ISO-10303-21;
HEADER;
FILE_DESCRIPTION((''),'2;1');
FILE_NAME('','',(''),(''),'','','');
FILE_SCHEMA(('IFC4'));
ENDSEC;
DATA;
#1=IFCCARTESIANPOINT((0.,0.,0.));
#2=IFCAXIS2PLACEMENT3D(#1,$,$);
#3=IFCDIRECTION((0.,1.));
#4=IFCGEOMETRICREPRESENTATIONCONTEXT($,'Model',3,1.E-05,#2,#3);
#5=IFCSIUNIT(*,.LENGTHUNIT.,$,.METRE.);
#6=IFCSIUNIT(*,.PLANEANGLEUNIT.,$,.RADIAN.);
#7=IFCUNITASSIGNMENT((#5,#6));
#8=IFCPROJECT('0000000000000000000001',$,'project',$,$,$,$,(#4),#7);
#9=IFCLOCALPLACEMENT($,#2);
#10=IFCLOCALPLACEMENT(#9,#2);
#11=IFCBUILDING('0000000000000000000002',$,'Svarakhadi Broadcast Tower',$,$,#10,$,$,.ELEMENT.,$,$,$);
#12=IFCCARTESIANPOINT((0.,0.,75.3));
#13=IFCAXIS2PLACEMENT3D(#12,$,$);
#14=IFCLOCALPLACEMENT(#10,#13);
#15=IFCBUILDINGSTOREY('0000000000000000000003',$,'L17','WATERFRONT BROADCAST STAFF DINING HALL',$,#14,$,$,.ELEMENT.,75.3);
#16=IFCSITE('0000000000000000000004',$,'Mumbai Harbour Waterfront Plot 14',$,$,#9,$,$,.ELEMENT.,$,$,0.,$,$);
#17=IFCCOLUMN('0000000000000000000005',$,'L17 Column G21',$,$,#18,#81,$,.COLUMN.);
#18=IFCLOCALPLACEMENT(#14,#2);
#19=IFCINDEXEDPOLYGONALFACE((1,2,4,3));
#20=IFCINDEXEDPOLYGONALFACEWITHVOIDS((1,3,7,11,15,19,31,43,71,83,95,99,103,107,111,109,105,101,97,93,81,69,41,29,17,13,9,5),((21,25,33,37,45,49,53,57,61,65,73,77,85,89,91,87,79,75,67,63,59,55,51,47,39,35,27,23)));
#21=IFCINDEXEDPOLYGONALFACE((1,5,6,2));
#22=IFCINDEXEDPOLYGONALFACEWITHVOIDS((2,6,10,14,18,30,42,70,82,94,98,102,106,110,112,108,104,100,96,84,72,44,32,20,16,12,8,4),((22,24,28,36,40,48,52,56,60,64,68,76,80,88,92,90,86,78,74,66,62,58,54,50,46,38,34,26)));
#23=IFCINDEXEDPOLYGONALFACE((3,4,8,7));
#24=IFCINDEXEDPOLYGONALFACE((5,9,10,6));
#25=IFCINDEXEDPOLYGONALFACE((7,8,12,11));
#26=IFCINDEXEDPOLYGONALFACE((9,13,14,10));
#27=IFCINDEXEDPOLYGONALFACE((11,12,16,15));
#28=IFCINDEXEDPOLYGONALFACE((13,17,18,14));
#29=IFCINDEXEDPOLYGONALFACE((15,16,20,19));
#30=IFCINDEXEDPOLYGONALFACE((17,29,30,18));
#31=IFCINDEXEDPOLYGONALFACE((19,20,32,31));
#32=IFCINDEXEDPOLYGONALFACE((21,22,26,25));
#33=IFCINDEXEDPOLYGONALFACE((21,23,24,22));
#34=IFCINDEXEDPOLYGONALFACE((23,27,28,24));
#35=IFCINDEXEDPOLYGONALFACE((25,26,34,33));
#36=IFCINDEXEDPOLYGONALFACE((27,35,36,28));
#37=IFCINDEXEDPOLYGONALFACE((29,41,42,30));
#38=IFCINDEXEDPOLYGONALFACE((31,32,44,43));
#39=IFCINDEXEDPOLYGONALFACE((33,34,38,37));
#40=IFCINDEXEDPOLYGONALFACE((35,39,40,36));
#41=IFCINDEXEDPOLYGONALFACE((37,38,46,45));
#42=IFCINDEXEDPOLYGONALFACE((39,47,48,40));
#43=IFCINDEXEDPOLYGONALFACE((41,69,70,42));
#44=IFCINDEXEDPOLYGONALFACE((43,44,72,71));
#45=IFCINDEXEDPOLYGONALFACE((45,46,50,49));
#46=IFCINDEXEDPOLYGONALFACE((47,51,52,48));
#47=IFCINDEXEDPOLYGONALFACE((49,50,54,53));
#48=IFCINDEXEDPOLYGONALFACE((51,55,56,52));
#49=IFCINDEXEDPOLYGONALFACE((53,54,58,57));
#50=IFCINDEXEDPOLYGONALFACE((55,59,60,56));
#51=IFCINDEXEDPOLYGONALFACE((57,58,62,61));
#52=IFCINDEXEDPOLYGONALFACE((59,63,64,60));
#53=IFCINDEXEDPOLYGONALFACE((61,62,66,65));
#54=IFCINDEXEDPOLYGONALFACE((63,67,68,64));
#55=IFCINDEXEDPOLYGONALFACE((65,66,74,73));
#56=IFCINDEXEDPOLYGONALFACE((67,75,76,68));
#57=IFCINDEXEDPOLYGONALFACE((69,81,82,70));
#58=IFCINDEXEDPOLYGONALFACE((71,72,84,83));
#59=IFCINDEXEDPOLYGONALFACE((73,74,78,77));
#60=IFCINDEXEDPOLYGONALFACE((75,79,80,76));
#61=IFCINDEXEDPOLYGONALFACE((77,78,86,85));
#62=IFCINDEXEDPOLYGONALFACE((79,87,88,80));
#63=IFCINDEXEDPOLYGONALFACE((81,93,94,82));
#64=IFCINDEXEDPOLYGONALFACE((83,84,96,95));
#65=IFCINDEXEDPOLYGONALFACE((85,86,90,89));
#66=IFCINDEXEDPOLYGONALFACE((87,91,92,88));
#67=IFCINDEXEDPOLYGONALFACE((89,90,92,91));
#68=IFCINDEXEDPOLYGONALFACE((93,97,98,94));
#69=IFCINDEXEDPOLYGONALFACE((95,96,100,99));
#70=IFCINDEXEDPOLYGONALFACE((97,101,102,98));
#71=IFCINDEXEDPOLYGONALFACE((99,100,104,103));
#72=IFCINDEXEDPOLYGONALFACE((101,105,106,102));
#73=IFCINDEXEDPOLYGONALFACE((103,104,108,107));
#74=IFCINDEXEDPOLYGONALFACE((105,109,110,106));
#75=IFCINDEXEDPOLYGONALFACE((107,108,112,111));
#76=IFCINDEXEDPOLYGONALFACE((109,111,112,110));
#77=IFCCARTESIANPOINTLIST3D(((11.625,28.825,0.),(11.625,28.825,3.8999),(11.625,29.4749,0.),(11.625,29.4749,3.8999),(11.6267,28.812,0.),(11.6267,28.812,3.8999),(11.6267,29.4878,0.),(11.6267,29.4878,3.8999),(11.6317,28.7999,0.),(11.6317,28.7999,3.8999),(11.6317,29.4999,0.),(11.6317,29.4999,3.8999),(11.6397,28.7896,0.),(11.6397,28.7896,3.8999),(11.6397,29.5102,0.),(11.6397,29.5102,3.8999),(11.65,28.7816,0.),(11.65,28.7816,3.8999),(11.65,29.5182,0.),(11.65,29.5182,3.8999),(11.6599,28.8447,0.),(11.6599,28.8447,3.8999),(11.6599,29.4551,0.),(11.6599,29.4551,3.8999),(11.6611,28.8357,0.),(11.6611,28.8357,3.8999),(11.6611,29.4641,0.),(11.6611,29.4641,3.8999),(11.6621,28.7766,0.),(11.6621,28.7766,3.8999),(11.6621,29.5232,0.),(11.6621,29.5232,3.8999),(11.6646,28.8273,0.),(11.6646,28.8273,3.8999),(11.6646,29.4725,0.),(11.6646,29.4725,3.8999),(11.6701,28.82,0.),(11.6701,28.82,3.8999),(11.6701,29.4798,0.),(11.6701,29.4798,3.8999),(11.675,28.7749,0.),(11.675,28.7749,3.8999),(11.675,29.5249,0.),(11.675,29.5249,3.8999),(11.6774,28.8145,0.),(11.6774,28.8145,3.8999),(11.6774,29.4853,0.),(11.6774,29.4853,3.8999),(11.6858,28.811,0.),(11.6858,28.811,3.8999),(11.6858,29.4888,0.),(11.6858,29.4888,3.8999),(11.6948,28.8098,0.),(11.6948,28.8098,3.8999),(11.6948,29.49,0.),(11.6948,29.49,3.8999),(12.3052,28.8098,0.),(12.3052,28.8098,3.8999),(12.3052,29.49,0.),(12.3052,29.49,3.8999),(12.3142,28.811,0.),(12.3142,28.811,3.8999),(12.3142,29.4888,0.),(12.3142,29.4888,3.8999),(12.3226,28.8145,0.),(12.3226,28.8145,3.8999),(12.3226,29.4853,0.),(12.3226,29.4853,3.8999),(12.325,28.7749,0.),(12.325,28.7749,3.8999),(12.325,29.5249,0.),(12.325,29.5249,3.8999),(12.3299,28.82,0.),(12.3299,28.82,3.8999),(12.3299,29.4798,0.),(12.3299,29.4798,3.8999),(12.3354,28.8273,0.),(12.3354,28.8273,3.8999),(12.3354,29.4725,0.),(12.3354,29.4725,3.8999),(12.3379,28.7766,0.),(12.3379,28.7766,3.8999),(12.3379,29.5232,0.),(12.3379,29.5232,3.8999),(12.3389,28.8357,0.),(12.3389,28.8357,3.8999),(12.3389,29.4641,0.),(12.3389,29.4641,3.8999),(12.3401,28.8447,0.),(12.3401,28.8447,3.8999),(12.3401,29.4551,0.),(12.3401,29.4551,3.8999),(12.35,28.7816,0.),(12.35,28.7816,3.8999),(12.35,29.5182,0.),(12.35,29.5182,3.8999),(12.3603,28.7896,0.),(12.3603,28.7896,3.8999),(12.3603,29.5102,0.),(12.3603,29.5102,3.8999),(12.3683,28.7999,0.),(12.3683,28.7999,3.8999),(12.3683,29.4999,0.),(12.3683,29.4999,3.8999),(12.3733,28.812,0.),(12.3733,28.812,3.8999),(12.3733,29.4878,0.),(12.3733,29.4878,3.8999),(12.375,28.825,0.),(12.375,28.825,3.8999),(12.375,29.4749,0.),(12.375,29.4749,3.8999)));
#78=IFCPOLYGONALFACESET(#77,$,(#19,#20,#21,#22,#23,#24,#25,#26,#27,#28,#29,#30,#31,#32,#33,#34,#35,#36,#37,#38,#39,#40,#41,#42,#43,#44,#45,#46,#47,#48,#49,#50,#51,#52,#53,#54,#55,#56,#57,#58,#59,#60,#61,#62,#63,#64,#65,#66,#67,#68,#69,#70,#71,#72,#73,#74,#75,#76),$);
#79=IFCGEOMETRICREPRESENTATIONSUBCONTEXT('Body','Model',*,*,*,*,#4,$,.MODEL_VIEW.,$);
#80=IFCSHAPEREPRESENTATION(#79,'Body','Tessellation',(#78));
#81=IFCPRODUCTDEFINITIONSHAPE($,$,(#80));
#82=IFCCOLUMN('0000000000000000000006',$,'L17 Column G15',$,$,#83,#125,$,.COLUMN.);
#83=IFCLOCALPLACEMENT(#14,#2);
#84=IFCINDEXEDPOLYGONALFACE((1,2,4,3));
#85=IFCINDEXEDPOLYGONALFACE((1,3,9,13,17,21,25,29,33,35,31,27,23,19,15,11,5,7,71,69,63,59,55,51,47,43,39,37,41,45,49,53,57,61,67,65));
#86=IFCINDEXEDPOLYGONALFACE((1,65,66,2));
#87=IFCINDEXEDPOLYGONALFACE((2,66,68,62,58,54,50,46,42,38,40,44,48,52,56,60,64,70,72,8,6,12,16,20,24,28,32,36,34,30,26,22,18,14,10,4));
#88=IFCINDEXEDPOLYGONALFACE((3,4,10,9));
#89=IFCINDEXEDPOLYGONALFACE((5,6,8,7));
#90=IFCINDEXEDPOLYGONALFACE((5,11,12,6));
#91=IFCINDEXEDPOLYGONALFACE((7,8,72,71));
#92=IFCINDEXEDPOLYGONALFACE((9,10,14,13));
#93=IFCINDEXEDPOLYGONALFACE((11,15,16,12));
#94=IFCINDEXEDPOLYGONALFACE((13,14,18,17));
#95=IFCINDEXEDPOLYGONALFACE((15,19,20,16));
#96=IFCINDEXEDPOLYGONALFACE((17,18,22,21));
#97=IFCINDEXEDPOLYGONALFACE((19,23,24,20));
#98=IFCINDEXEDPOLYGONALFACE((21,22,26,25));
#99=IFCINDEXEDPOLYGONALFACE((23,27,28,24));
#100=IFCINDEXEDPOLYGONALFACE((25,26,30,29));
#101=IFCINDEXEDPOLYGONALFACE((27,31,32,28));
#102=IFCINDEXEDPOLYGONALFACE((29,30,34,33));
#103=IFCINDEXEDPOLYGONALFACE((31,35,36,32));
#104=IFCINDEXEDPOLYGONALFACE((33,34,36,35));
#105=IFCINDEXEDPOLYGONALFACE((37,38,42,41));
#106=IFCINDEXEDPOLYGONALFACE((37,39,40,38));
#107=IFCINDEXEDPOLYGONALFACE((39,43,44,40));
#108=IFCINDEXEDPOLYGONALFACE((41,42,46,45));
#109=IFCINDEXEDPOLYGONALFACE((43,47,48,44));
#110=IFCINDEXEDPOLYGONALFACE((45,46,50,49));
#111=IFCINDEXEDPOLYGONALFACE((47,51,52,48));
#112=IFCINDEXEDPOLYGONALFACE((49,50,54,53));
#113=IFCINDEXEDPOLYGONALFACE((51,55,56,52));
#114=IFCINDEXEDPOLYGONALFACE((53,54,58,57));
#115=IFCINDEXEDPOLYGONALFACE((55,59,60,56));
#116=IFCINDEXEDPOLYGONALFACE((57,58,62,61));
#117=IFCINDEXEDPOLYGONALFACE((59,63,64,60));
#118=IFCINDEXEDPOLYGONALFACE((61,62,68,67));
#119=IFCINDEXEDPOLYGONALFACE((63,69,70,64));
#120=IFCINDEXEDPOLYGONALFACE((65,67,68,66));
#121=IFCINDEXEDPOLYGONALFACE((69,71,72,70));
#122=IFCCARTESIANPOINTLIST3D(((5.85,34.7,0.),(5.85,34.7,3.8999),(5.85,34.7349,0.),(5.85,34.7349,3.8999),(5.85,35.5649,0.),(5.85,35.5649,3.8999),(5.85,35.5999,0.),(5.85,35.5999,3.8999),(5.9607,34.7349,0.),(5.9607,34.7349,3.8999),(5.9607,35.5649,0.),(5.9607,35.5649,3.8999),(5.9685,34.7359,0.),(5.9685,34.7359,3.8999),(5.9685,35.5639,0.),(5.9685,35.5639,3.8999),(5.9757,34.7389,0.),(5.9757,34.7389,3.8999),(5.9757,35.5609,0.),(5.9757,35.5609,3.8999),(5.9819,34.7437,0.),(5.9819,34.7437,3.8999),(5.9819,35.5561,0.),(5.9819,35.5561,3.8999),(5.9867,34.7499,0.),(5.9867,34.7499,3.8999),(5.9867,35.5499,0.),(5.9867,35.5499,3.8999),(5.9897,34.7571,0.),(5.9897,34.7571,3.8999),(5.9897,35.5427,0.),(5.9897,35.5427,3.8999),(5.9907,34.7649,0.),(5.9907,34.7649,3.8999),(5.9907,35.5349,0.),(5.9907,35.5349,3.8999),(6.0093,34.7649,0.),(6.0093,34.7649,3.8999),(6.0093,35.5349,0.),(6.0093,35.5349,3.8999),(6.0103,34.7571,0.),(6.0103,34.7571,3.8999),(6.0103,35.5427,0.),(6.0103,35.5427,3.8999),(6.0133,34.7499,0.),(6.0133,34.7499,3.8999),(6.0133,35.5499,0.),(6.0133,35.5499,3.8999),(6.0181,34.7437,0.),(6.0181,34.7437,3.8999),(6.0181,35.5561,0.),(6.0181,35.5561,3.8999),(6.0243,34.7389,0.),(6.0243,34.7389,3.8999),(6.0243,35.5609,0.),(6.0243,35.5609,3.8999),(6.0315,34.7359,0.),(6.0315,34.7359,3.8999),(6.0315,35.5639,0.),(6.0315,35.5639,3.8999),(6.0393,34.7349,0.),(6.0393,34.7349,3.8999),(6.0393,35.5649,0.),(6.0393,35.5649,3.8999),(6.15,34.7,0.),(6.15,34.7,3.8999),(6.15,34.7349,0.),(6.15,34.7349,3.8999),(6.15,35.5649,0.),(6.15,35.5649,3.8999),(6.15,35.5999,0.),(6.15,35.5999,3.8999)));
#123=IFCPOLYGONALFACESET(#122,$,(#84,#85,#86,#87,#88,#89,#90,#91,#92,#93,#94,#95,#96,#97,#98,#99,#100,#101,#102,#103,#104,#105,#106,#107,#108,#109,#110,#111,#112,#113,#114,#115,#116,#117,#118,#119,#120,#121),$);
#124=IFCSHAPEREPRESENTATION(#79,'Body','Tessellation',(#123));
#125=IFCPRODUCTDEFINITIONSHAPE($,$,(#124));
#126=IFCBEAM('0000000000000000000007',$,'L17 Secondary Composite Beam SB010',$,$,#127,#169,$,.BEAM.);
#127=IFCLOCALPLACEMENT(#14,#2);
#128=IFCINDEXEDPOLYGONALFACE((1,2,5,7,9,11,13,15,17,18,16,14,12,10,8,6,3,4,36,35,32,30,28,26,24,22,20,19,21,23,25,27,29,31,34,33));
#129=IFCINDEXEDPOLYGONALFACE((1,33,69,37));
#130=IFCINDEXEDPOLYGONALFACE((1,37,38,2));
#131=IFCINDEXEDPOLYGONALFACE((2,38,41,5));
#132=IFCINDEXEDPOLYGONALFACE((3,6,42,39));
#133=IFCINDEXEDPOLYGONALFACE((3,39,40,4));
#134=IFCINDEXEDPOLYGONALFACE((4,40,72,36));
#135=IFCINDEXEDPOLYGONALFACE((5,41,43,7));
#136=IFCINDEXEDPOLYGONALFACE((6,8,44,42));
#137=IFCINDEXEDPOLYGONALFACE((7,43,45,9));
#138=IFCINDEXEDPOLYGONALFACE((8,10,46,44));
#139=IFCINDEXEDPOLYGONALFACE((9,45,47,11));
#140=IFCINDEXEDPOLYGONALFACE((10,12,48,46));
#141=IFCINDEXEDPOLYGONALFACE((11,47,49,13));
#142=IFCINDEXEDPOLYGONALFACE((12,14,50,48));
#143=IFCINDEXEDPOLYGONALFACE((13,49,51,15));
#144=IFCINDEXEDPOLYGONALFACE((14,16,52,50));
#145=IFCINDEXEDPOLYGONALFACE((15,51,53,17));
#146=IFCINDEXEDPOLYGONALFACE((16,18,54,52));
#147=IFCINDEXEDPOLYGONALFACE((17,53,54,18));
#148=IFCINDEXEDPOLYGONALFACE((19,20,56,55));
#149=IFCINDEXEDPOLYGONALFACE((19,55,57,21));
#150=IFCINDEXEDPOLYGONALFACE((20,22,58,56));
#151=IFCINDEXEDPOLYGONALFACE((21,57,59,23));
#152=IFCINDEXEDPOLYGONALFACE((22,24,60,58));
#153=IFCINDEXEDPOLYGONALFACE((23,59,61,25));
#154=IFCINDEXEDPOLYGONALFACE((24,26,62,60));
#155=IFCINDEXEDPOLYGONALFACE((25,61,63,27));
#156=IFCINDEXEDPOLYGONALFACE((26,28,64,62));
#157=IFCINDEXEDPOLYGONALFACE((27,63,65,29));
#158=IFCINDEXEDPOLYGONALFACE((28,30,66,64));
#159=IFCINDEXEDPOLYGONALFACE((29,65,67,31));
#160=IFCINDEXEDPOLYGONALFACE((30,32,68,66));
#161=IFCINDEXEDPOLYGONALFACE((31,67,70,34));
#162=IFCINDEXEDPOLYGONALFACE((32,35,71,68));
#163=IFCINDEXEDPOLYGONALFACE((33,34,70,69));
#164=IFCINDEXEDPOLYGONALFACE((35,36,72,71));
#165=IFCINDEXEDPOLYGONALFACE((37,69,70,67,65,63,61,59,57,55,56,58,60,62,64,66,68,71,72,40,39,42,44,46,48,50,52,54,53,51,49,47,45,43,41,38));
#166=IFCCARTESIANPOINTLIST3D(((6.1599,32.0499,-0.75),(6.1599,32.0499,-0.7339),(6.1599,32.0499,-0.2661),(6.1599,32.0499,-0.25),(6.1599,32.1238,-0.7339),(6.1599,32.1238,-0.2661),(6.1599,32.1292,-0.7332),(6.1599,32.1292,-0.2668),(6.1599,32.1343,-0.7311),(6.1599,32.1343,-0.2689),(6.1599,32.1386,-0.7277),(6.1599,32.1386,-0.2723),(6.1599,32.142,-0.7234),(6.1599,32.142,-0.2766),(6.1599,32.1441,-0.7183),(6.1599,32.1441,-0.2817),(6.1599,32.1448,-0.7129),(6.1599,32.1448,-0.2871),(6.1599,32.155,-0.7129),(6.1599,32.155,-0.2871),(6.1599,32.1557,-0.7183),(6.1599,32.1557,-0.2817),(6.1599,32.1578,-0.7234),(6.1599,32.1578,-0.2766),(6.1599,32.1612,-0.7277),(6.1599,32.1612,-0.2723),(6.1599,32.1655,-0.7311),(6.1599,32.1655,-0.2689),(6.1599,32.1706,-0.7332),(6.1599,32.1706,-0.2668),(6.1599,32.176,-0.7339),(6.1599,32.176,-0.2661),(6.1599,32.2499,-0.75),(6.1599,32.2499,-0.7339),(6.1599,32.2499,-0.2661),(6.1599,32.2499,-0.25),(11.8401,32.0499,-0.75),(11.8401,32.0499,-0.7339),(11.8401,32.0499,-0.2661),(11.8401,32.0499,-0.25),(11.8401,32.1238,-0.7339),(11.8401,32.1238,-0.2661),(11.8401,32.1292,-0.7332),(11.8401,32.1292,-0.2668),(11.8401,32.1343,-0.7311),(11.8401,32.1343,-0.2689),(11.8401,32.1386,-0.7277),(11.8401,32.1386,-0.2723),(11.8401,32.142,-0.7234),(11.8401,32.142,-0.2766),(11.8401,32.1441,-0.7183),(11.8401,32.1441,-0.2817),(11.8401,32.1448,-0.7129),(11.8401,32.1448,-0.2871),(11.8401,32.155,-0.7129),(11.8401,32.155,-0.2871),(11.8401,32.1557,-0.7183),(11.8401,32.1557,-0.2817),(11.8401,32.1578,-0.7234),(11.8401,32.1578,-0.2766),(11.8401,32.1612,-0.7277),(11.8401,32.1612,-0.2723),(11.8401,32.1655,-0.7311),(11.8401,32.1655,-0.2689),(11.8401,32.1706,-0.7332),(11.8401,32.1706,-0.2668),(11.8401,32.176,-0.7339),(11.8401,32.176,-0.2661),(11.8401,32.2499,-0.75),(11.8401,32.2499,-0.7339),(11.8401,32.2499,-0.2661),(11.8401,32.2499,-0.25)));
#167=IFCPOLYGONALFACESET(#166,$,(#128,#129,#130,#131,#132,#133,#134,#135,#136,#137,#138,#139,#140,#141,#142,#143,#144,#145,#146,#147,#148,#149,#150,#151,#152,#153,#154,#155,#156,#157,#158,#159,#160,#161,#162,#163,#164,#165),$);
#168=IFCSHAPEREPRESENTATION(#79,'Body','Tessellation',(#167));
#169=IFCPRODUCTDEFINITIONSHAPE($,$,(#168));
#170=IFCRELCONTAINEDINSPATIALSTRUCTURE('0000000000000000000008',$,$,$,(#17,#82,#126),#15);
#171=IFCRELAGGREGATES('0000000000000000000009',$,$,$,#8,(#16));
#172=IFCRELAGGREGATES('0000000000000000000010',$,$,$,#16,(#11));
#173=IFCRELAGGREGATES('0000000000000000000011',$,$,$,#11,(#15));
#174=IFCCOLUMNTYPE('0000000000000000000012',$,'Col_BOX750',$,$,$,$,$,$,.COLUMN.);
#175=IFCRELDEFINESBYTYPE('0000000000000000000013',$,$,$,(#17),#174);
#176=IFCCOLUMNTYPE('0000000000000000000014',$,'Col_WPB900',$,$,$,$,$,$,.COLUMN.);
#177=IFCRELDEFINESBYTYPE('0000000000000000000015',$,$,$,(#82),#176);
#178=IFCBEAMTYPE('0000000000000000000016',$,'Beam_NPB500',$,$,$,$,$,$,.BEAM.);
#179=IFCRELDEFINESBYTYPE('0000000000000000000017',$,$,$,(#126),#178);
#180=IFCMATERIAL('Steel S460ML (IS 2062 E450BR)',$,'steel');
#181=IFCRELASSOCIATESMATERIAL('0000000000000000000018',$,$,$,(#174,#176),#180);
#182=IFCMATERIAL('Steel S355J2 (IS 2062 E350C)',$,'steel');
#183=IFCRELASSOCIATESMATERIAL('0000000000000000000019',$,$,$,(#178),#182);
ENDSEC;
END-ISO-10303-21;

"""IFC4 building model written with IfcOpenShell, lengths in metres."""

from ifc_helpers import new_model, si_unit, direction, frame, origin, origin_2d, place, context, subcontext, project, spatial, hollow_rectangle, i_section, extrude, material, material_profile, profile_set, type_object, element, save


model = new_model("IFC4")

# Units and contexts
model_context = context("Model", 3, precision=1e-05, world=origin(), true_north=direction((0.0, 1.0)))
body_context = subcontext(model_context, "Body", "Model", "MODEL_VIEW")
ifc_project = project(units=[si_unit("LENGTHUNIT", "METRE"), si_unit("PLANEANGLEUNIT", "RADIAN")], contexts=[model_context])

# Site, building, storey
site_placement = place(None, origin())
site = spatial("IfcSite", under=ifc_project, at=site_placement, Name="Mumbai Harbour Waterfront Plot 14", CompositionType="ELEMENT", RefElevation=0.0)
building_placement = place(site_placement, origin())
building = spatial("IfcBuilding", under=site, at=building_placement, Name="Svarakhadi Broadcast Tower", CompositionType="ELEMENT")
storey_placement = place(building_placement, frame((0.0, 0.0, 75.3)))
storey = spatial("IfcBuildingStorey", under=building, at=storey_placement, Name="L17", Description="WATERFRONT BROADCAST STAFF DINING HALL", CompositionType="ELEMENT", Elevation=75.3)

# Columns
ifc_material_1 = material(Name="Steel S460ML (IS 2062 E450BR)", Category="steel")
ifc_material_profile_1 = material_profile(ifc_material_1, hollow_rectangle(XDim=0.75, YDim=0.75, WallThickness=0.0349, InnerFilletRadius=0.0349, OuterFilletRadius=0.05, at=origin_2d()), Name="BOX 750x750x35")
ifc_profile_set_1 = profile_set([ifc_material_profile_1], Name="Steel S460ML (IS 2062 E450BR)")
column_type_1 = type_object("IfcColumnType", Name="Col_BOX750", PredefinedType="COLUMN", material=ifc_profile_set_1)
column_1_placement = place(storey_placement, frame((12.0, 29.1499, 0.0), z_axis=(0.0, 0.0, 1.0), x_axis=(1.0, 0.0, 0.0)))
element("IfcColumn", 1, at=column_1_placement, inside=storey, type_object=column_type_1, Name="L17 Column G21", PredefinedType="COLUMN", context=body_context, shape_type="SweptSolid", body=[
    extrude(hollow_rectangle(XDim=0.75, YDim=0.75, WallThickness=0.0349, InnerFilletRadius=0.0349, OuterFilletRadius=0.05, at=origin_2d()), origin(), (0.0, 0.0, 1.0), 3.8999),
])
ifc_material_profile_2 = material_profile(ifc_material_1, i_section(OverallWidth=0.3, OverallDepth=0.8999, WebThickness=0.0186, FlangeThickness=0.0349, FilletRadius=0.03, at=origin_2d()), Name="WPB 900x300x291")
ifc_profile_set_2 = profile_set([ifc_material_profile_2], Name="Steel S460ML (IS 2062 E450BR)")
column_type_2 = type_object("IfcColumnType", Name="Col_WPB900", PredefinedType="COLUMN", material=ifc_profile_set_2)
column_2_placement = place(storey_placement, frame((6.0, 35.1499, 0.0), z_axis=(0.0, 0.0, 1.0), x_axis=(1.0, 0.0, 0.0)))
element("IfcColumn", 2, at=column_2_placement, inside=storey, type_object=column_type_2, Name="L17 Column G15", PredefinedType="COLUMN", context=body_context, shape_type="SweptSolid", body=[
    extrude(i_section(OverallWidth=0.3, OverallDepth=0.8999, WebThickness=0.0186, FlangeThickness=0.0349, FilletRadius=0.03, at=origin_2d()), origin(), (0.0, 0.0, 1.0), 3.8999),
])

# Beam
ifc_material_2 = material(Name="Steel S355J2 (IS 2062 E350C)", Category="steel")
ifc_material_profile_3 = material_profile(ifc_material_2, i_section(OverallWidth=0.2, OverallDepth=0.5, WebThickness=0.0103, FlangeThickness=0.0161, FilletRadius=0.021, at=origin_2d()), Name="NPB 500x200x91")
ifc_profile_set_3 = profile_set([ifc_material_profile_3], Name="Steel S355J2 (IS 2062 E350C)")
beam_type_1 = type_object("IfcBeamType", Name="Beam_NPB500", PredefinedType="BEAM", material=ifc_profile_set_3)
beam_placement = place(storey_placement, frame((6.1599, 32.1499, -0.5), z_axis=(1.0, 0.0, 0.0), x_axis=(0.0, 1.0, 0.0)))
element("IfcBeam", 3, at=beam_placement, inside=storey, type_object=beam_type_1, Name="L17 Secondary Composite Beam SB010", PredefinedType="BEAM", context=body_context, shape_type="SweptSolid", body=[
    extrude(i_section(OverallWidth=0.2, OverallDepth=0.5, WebThickness=0.0103, FlangeThickness=0.0161, FilletRadius=0.021, at=origin_2d()), origin(), (0.0, 0.0, 1.0), 5.6802),
])

save(model, "model.ifc")
